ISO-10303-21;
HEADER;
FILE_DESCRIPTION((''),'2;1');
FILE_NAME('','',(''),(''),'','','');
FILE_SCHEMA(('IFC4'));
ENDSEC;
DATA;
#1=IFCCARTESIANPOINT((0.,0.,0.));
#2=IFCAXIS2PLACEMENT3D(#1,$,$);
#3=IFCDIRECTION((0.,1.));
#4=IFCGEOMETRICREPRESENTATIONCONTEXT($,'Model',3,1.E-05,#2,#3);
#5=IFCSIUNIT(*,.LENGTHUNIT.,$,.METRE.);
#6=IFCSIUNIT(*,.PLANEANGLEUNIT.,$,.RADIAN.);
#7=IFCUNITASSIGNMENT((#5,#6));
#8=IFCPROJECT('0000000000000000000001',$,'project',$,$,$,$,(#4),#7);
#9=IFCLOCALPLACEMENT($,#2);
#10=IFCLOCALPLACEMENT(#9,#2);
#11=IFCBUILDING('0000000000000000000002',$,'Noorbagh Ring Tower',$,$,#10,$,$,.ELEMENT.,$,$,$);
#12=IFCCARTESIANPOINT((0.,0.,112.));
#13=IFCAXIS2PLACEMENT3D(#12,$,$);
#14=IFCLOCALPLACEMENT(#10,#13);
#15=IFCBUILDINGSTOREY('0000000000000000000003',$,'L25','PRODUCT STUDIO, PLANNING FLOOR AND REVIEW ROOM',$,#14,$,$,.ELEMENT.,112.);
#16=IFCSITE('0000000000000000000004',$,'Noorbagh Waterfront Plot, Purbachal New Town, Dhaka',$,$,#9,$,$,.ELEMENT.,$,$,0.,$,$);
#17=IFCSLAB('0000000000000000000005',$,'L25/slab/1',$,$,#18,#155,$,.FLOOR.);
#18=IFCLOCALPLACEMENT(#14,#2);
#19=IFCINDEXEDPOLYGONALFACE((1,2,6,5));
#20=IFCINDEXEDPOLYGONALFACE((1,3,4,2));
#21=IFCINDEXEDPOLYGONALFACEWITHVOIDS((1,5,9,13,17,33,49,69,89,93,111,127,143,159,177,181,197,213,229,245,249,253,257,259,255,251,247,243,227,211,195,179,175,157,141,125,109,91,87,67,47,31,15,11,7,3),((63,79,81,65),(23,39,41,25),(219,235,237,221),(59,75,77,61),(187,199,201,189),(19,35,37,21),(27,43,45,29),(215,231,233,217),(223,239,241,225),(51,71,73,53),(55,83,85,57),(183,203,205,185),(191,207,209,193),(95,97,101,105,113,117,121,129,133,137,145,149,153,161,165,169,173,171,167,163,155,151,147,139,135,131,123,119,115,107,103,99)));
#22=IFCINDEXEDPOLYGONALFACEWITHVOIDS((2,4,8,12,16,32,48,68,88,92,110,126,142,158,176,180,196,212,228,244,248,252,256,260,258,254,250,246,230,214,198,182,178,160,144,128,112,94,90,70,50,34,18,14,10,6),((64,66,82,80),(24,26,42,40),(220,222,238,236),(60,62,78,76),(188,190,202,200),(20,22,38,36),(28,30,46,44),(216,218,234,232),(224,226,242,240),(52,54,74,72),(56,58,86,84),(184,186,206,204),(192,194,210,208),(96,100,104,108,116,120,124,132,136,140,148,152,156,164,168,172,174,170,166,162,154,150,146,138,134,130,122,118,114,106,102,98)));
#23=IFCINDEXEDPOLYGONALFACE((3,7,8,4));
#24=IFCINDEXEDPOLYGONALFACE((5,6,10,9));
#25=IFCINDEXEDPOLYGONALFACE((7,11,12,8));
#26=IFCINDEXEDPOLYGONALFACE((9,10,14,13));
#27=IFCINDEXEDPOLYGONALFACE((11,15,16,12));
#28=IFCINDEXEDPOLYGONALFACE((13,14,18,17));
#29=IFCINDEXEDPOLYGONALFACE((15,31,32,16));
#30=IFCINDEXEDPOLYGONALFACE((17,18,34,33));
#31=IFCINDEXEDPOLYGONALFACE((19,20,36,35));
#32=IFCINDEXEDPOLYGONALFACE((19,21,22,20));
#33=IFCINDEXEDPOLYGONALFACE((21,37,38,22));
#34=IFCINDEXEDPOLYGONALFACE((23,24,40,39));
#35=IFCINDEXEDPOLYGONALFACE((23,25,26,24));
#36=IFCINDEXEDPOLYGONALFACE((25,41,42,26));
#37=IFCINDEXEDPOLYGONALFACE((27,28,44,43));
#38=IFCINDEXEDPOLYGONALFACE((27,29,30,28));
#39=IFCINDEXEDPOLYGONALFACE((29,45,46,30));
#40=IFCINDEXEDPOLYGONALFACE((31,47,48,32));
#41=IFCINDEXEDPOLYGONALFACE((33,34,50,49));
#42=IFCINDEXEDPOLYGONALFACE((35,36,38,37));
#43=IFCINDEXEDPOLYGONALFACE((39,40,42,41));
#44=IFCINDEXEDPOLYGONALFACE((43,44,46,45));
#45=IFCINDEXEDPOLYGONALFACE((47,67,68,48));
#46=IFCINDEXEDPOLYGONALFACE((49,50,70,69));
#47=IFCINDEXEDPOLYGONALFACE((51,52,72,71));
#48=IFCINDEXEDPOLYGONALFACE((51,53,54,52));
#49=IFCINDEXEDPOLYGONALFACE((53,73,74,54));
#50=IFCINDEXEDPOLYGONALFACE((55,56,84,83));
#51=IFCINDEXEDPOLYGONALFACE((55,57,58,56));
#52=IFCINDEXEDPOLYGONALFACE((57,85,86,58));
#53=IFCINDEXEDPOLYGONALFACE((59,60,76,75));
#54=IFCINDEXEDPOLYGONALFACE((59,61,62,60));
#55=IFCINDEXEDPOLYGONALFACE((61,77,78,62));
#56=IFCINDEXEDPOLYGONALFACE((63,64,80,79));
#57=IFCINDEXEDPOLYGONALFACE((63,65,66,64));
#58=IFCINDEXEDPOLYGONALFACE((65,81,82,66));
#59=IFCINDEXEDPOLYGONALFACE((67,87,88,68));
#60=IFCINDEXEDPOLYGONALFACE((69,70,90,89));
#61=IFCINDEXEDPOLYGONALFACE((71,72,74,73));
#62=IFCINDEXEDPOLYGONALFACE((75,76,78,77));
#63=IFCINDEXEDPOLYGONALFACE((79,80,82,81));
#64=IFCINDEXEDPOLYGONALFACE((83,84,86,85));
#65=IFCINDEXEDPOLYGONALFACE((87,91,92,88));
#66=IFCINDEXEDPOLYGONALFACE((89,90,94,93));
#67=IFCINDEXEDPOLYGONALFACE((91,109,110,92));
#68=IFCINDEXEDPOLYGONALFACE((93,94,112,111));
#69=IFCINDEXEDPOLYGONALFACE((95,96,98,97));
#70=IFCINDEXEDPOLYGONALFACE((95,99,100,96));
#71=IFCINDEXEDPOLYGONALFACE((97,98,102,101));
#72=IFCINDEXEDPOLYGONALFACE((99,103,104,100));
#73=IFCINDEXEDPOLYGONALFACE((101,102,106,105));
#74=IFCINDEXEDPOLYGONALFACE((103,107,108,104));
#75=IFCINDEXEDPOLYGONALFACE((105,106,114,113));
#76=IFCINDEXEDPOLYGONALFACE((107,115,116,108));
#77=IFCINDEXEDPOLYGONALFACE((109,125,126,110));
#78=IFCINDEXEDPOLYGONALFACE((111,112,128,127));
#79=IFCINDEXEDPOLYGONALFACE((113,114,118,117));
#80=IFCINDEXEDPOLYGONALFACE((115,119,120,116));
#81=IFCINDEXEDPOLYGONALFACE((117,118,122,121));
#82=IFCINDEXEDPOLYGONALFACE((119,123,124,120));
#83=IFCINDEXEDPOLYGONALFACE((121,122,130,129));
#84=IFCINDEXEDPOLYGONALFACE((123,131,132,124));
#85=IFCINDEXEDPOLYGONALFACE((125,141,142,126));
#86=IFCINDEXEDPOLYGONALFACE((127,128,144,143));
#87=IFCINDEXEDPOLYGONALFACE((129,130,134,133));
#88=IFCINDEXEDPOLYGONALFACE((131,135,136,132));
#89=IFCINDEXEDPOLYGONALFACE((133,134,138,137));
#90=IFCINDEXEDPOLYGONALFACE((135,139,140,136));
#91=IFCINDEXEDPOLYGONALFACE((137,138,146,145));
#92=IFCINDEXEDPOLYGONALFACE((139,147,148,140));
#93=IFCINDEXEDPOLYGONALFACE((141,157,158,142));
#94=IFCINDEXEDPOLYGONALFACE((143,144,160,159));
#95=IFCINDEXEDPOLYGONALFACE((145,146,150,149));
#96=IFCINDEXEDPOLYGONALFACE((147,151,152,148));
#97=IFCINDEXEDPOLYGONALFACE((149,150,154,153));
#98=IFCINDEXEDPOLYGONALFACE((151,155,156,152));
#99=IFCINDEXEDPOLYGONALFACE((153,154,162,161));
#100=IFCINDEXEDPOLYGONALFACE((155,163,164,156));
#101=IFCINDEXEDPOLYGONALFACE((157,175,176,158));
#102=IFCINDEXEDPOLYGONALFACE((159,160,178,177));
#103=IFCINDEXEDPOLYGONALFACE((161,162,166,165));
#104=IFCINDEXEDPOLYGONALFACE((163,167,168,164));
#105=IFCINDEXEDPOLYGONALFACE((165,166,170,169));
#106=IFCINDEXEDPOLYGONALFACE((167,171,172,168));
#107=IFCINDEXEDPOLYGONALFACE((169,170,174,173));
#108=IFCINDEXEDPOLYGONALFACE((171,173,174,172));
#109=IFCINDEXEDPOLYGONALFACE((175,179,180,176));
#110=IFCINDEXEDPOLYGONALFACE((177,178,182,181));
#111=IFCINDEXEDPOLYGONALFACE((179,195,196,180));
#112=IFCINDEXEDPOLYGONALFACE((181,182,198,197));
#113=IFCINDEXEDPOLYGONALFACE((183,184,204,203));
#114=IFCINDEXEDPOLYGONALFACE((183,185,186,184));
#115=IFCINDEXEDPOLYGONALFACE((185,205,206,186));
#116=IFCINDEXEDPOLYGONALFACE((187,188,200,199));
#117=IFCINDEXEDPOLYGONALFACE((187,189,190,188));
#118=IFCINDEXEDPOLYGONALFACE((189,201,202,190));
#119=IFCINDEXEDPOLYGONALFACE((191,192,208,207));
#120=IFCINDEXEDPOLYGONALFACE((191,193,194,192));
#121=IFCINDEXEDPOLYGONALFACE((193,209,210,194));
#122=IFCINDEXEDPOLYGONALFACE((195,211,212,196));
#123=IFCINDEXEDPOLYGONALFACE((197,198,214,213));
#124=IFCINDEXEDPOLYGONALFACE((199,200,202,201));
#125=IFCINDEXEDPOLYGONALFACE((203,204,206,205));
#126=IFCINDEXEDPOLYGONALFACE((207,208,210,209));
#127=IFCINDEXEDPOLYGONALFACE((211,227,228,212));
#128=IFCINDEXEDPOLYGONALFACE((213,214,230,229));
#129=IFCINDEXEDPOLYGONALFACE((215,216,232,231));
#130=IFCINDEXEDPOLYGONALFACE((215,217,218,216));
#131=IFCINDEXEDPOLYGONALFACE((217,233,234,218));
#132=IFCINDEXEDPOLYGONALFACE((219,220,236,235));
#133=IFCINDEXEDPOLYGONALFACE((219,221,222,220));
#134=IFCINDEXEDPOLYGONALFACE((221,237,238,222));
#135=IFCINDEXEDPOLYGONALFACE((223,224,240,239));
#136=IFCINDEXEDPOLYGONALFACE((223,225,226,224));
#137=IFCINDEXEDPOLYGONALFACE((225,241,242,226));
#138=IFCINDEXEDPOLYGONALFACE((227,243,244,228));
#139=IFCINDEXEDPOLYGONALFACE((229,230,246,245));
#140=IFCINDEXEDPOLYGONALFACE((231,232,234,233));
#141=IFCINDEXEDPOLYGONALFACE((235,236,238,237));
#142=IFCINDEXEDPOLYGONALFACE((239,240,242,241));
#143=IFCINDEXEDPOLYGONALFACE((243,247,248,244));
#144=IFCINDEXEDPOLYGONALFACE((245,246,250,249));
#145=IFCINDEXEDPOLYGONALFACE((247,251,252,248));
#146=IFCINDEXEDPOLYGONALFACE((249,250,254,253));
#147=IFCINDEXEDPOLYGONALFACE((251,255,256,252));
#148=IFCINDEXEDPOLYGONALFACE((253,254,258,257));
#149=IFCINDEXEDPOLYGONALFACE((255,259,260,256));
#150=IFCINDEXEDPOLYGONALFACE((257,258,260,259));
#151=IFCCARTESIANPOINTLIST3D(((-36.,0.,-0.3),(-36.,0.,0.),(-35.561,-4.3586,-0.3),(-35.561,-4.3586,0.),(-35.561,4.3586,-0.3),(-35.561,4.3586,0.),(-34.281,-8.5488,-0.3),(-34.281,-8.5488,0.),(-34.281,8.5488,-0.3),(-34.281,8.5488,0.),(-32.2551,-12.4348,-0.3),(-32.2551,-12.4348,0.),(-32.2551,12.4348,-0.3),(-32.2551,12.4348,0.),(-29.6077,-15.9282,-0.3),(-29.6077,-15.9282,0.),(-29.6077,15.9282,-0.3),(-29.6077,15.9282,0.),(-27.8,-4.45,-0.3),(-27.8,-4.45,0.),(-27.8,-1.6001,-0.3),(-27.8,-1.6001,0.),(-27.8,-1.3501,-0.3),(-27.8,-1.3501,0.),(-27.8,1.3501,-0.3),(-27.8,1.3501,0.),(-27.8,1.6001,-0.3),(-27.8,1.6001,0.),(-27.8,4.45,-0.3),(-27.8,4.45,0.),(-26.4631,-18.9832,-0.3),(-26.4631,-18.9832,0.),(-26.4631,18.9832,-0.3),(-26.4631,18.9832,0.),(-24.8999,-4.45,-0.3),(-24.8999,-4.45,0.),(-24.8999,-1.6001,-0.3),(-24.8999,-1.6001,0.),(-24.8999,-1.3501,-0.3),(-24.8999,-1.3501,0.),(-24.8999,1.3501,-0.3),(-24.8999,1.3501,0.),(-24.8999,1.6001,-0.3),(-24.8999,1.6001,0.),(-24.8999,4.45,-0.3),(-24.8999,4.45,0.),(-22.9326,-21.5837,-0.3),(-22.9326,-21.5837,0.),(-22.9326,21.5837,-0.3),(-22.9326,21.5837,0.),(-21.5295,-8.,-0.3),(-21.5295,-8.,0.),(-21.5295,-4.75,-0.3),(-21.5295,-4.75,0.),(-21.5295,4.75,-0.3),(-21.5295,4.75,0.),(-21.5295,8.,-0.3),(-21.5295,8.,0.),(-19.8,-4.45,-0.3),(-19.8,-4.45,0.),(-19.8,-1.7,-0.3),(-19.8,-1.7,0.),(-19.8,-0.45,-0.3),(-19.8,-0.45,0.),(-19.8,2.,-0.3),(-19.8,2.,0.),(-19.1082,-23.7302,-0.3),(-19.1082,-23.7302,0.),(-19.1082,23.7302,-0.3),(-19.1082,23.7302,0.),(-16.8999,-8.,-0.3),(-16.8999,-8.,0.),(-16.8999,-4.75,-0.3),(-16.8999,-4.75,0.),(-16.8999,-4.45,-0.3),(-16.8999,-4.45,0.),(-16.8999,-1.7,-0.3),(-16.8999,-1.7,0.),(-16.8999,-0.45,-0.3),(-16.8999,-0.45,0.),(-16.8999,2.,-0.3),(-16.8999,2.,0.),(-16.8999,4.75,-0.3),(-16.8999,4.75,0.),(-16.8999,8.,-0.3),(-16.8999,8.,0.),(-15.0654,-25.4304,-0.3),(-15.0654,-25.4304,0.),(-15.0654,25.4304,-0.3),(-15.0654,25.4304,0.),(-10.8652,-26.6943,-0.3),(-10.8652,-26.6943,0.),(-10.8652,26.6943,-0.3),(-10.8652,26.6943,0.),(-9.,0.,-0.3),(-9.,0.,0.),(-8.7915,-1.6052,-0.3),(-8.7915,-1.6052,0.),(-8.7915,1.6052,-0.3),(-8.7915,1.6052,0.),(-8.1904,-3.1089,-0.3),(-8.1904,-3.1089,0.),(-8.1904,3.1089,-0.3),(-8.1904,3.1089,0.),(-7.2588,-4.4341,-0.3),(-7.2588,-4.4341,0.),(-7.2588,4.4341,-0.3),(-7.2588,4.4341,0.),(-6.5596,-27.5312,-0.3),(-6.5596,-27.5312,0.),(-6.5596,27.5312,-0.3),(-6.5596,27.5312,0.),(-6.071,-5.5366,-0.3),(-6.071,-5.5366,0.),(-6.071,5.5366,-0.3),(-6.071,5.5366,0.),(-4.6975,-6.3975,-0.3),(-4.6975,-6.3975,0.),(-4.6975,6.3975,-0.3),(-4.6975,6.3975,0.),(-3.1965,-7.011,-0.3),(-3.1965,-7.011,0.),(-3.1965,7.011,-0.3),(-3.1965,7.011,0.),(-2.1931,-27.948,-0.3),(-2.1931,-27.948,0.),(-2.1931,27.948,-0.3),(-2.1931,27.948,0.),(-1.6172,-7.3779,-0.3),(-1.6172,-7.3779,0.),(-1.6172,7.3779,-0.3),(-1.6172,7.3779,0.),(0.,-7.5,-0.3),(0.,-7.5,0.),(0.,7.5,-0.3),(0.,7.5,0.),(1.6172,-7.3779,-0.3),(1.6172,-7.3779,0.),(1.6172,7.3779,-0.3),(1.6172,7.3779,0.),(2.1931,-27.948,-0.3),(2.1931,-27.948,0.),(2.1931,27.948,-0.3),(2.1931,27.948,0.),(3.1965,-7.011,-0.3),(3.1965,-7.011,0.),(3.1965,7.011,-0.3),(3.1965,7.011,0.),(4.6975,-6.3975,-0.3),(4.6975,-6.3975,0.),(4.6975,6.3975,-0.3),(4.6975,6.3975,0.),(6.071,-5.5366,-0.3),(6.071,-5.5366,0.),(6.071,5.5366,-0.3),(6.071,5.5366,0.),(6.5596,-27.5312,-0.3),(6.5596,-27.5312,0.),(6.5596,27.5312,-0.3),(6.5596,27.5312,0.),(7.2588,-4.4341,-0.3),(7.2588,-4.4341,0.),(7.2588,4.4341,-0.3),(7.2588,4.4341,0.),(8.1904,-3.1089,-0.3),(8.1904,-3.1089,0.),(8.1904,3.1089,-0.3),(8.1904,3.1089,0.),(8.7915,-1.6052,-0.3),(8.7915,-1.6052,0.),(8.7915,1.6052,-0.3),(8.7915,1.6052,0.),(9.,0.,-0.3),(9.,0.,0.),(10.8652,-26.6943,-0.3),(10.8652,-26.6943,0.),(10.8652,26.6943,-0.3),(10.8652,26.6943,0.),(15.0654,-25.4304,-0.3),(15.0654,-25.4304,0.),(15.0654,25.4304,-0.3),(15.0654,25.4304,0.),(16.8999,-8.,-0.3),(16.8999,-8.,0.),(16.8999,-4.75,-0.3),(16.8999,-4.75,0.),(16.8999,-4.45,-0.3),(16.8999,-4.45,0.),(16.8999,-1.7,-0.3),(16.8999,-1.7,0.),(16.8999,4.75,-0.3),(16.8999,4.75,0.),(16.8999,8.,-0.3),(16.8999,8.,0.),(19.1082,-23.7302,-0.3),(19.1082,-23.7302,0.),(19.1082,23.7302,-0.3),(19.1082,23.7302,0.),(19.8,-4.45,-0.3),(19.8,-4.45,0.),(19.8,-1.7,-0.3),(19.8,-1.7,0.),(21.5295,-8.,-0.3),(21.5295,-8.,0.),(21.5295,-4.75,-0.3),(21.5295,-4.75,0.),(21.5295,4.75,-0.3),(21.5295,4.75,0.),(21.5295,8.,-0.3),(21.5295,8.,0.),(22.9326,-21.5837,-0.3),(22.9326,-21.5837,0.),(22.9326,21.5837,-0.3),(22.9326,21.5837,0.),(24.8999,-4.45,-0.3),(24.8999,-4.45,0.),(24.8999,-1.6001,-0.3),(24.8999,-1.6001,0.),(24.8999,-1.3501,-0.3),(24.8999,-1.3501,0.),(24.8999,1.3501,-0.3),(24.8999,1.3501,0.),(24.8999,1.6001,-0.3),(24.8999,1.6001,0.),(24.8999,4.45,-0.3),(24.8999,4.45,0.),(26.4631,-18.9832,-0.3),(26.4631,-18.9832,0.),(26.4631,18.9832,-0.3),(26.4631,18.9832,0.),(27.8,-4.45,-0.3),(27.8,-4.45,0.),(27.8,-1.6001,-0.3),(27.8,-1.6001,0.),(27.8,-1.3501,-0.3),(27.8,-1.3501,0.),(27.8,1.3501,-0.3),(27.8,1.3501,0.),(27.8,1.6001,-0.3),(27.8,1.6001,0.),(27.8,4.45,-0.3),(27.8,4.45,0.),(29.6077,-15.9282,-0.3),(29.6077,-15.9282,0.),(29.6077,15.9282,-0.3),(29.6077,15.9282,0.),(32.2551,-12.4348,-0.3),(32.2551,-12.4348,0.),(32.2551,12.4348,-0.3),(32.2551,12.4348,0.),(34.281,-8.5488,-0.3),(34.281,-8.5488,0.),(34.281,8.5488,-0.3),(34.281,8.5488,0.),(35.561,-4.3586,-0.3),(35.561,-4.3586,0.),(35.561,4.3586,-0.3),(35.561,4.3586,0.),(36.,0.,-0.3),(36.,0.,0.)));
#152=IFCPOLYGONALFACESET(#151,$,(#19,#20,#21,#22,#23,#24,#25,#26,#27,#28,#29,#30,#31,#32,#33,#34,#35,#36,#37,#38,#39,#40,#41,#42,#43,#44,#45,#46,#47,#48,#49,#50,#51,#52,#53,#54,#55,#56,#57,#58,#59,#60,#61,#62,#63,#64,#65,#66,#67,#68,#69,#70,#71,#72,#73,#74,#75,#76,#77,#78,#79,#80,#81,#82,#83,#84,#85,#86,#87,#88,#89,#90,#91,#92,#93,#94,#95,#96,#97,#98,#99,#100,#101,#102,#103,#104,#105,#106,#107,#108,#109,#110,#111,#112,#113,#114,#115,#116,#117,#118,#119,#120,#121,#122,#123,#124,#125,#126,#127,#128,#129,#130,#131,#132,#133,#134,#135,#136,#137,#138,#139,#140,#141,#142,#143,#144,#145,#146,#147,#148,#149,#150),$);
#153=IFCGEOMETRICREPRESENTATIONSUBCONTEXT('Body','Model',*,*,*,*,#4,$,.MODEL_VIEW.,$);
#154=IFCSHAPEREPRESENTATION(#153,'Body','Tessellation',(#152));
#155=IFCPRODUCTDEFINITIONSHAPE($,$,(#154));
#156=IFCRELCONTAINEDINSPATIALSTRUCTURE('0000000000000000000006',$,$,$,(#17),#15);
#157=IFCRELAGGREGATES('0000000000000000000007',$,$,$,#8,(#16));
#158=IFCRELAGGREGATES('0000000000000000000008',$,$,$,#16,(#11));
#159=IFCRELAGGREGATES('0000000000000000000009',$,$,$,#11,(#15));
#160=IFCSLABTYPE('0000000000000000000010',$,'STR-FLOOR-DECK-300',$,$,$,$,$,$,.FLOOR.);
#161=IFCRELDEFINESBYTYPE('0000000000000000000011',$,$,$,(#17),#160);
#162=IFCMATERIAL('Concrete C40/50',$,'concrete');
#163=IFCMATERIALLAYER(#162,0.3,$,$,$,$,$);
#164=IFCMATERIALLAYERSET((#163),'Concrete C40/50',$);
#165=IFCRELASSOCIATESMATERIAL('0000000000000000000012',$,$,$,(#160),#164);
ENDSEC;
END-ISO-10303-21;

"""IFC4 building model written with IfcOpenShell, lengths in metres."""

from ifc_helpers import new_model, si_unit, direction, frame, origin, place, context, subcontext, project, spatial, polyline, outline, extrude, material, layer, layer_set, type_object, element, save


model = new_model("IFC4")

# Units and contexts
model_context = context("Model", 3, precision=1e-05, world=origin(), true_north=direction((0.0, 1.0)))
body_context = subcontext(model_context, "Body", "Model", "MODEL_VIEW")
ifc_project = project(units=[si_unit("LENGTHUNIT", "METRE"), si_unit("PLANEANGLEUNIT", "RADIAN")], contexts=[model_context])

# Site, building, storey
site_placement = place(None, origin())
site = spatial("IfcSite", under=ifc_project, at=site_placement, Name="Noorbagh Waterfront Plot, Purbachal New Town, Dhaka", CompositionType="ELEMENT", RefElevation=0.0)
building_placement = place(site_placement, origin())
building = spatial("IfcBuilding", under=site, at=building_placement, Name="Noorbagh Ring Tower", CompositionType="ELEMENT")
storey_placement = place(building_placement, frame((0.0, 0.0, 112.0)))
storey = spatial("IfcBuildingStorey", under=building, at=storey_placement, Name="L25", Description="PRODUCT STUDIO, PLANNING FLOOR AND REVIEW ROOM", CompositionType="ELEMENT", Elevation=112.0)

# Slab
ifc_material_1 = material(Name="Concrete C40/50", Category="concrete")
ifc_layer_1 = layer(ifc_material_1, 0.3)
ifc_layer_set_1 = layer_set([ifc_layer_1], Name="Concrete C40/50")
slab_type_1 = type_object("IfcSlabType", Name="STR-FLOOR-DECK-300", PredefinedType="FLOOR", material=ifc_layer_set_1)
slab_1_placement = place(storey_placement, frame((0.0, 0.0, -0.3)))
element("IfcSlab", 1, at=slab_1_placement, inside=storey, type_object=slab_type_1, Name="L25/slab/1", PredefinedType="FLOOR", context=body_context, shape_type="SweptSolid", body=[
    extrude(outline(polyline([(36.0, 0.0), (35.561, 4.3586), (34.281, 8.5488), (32.2551, 12.4348), (29.6077, 15.9282), (26.4631, 18.9832), (22.9326, 21.5837), (19.1082, 23.7302), (15.0654, 25.4304), (10.8652, 26.6943), (6.5596, 27.5312), (2.1931, 27.948), (-2.1931, 27.948), (-6.5596, 27.5312), (-10.8652, 26.6943), (-15.0654, 25.4304), (-19.1082, 23.7302), (-22.9326, 21.5837), (-26.4631, 18.9832), (-29.6077, 15.9282), (-32.2551, 12.4348), (-34.281, 8.5488), (-35.561, 4.3586), (-36.0, 0.0), (-35.561, -4.3586), (-34.281, -8.5488), (-32.2551, -12.4348), (-29.6077, -15.9282), (-26.4631, -18.9832), (-22.9326, -21.5837), (-19.1082, -23.7302), (-15.0654, -25.4304), (-10.8652, -26.6943), (-6.5596, -27.5312), (-2.1931, -27.948), (2.1931, -27.948), (6.5596, -27.5312), (10.8652, -26.6943), (15.0654, -25.4304), (19.1082, -23.7302), (22.9326, -21.5837), (26.4631, -18.9832), (29.6077, -15.9282), (32.2551, -12.4348), (34.281, -8.5488), (35.561, -4.3586), (36.0, 0.0)]), holes=[polyline([(24.8999, -1.6001), (27.8, -1.6001), (27.8, -4.45), (24.8999, -4.45), (24.8999, -1.6001)]), polyline([(24.8999, 1.3501), (27.8, 1.3501), (27.8, -1.3501), (24.8999, -1.3501), (24.8999, 1.3501)]), polyline([(24.8999, 4.45), (27.8, 4.45), (27.8, 1.6001), (24.8999, 1.6001), (24.8999, 4.45)]), polyline([(21.5295, -4.75), (21.5295, -8.0), (16.8999, -8.0), (16.8999, -4.75), (21.5295, -4.75)]), polyline([(21.5295, 4.75), (16.8999, 4.75), (16.8999, 8.0), (21.5295, 8.0), (21.5295, 4.75)]), polyline([(16.8999, -1.7), (19.8, -1.7), (19.8, -4.45), (16.8999, -4.45), (16.8999, -1.7)]), polyline([(4.6975, -6.3975), (3.1965, -7.011), (1.6172, -7.3779), (0.0, -7.5), (-1.6172, -7.3779), (-3.1965, -7.011), (-4.6975, -6.3975), (-6.071, -5.5366), (-7.2588, -4.4341), (-8.1904, -3.1089), (-8.7915, -1.6052), (-9.0, 0.0), (-8.7915, 1.6052), (-8.1904, 3.1089), (-7.2588, 4.4341), (-6.071, 5.5366), (-4.6975, 6.3975), (-3.1965, 7.011), (-1.6172, 7.3779), (0.0, 7.5), (1.6172, 7.3779), (3.1965, 7.011), (4.6975, 6.3975), (6.071, 5.5366), (7.2588, 4.4341), (8.1904, 3.1089), (8.7915, 1.6052), (9.0, 0.0), (8.7915, -1.6052), (8.1904, -3.1089), (7.2588, -4.4341), (6.071, -5.5366), (4.6975, -6.3975)]), polyline([(-21.5295, -8.0), (-21.5295, -4.75), (-16.8999, -4.75), (-16.8999, -8.0), (-21.5295, -8.0)]), polyline([(-21.5295, 8.0), (-16.8999, 8.0), (-16.8999, 4.75), (-21.5295, 4.75), (-21.5295, 8.0)]), polyline([(-16.8999, -4.45), (-19.8, -4.45), (-19.8, -1.7), (-16.8999, -1.7), (-16.8999, -4.45)]), polyline([(-16.8999, -0.45), (-19.8, -0.45), (-19.8, 2.0), (-16.8999, 2.0), (-16.8999, -0.45)]), polyline([(-24.8999, -4.45), (-27.8, -4.45), (-27.8, -1.6001), (-24.8999, -1.6001), (-24.8999, -4.45)]), polyline([(-24.8999, -1.3501), (-27.8, -1.3501), (-27.8, 1.3501), (-24.8999, 1.3501), (-24.8999, -1.3501)]), polyline([(-24.8999, 1.6001), (-27.8, 1.6001), (-27.8, 4.45), (-24.8999, 4.45), (-24.8999, 1.6001)])]), origin(), (0.0, 0.0, 1.0), 0.3),
])

save(model, "model.ifc")
